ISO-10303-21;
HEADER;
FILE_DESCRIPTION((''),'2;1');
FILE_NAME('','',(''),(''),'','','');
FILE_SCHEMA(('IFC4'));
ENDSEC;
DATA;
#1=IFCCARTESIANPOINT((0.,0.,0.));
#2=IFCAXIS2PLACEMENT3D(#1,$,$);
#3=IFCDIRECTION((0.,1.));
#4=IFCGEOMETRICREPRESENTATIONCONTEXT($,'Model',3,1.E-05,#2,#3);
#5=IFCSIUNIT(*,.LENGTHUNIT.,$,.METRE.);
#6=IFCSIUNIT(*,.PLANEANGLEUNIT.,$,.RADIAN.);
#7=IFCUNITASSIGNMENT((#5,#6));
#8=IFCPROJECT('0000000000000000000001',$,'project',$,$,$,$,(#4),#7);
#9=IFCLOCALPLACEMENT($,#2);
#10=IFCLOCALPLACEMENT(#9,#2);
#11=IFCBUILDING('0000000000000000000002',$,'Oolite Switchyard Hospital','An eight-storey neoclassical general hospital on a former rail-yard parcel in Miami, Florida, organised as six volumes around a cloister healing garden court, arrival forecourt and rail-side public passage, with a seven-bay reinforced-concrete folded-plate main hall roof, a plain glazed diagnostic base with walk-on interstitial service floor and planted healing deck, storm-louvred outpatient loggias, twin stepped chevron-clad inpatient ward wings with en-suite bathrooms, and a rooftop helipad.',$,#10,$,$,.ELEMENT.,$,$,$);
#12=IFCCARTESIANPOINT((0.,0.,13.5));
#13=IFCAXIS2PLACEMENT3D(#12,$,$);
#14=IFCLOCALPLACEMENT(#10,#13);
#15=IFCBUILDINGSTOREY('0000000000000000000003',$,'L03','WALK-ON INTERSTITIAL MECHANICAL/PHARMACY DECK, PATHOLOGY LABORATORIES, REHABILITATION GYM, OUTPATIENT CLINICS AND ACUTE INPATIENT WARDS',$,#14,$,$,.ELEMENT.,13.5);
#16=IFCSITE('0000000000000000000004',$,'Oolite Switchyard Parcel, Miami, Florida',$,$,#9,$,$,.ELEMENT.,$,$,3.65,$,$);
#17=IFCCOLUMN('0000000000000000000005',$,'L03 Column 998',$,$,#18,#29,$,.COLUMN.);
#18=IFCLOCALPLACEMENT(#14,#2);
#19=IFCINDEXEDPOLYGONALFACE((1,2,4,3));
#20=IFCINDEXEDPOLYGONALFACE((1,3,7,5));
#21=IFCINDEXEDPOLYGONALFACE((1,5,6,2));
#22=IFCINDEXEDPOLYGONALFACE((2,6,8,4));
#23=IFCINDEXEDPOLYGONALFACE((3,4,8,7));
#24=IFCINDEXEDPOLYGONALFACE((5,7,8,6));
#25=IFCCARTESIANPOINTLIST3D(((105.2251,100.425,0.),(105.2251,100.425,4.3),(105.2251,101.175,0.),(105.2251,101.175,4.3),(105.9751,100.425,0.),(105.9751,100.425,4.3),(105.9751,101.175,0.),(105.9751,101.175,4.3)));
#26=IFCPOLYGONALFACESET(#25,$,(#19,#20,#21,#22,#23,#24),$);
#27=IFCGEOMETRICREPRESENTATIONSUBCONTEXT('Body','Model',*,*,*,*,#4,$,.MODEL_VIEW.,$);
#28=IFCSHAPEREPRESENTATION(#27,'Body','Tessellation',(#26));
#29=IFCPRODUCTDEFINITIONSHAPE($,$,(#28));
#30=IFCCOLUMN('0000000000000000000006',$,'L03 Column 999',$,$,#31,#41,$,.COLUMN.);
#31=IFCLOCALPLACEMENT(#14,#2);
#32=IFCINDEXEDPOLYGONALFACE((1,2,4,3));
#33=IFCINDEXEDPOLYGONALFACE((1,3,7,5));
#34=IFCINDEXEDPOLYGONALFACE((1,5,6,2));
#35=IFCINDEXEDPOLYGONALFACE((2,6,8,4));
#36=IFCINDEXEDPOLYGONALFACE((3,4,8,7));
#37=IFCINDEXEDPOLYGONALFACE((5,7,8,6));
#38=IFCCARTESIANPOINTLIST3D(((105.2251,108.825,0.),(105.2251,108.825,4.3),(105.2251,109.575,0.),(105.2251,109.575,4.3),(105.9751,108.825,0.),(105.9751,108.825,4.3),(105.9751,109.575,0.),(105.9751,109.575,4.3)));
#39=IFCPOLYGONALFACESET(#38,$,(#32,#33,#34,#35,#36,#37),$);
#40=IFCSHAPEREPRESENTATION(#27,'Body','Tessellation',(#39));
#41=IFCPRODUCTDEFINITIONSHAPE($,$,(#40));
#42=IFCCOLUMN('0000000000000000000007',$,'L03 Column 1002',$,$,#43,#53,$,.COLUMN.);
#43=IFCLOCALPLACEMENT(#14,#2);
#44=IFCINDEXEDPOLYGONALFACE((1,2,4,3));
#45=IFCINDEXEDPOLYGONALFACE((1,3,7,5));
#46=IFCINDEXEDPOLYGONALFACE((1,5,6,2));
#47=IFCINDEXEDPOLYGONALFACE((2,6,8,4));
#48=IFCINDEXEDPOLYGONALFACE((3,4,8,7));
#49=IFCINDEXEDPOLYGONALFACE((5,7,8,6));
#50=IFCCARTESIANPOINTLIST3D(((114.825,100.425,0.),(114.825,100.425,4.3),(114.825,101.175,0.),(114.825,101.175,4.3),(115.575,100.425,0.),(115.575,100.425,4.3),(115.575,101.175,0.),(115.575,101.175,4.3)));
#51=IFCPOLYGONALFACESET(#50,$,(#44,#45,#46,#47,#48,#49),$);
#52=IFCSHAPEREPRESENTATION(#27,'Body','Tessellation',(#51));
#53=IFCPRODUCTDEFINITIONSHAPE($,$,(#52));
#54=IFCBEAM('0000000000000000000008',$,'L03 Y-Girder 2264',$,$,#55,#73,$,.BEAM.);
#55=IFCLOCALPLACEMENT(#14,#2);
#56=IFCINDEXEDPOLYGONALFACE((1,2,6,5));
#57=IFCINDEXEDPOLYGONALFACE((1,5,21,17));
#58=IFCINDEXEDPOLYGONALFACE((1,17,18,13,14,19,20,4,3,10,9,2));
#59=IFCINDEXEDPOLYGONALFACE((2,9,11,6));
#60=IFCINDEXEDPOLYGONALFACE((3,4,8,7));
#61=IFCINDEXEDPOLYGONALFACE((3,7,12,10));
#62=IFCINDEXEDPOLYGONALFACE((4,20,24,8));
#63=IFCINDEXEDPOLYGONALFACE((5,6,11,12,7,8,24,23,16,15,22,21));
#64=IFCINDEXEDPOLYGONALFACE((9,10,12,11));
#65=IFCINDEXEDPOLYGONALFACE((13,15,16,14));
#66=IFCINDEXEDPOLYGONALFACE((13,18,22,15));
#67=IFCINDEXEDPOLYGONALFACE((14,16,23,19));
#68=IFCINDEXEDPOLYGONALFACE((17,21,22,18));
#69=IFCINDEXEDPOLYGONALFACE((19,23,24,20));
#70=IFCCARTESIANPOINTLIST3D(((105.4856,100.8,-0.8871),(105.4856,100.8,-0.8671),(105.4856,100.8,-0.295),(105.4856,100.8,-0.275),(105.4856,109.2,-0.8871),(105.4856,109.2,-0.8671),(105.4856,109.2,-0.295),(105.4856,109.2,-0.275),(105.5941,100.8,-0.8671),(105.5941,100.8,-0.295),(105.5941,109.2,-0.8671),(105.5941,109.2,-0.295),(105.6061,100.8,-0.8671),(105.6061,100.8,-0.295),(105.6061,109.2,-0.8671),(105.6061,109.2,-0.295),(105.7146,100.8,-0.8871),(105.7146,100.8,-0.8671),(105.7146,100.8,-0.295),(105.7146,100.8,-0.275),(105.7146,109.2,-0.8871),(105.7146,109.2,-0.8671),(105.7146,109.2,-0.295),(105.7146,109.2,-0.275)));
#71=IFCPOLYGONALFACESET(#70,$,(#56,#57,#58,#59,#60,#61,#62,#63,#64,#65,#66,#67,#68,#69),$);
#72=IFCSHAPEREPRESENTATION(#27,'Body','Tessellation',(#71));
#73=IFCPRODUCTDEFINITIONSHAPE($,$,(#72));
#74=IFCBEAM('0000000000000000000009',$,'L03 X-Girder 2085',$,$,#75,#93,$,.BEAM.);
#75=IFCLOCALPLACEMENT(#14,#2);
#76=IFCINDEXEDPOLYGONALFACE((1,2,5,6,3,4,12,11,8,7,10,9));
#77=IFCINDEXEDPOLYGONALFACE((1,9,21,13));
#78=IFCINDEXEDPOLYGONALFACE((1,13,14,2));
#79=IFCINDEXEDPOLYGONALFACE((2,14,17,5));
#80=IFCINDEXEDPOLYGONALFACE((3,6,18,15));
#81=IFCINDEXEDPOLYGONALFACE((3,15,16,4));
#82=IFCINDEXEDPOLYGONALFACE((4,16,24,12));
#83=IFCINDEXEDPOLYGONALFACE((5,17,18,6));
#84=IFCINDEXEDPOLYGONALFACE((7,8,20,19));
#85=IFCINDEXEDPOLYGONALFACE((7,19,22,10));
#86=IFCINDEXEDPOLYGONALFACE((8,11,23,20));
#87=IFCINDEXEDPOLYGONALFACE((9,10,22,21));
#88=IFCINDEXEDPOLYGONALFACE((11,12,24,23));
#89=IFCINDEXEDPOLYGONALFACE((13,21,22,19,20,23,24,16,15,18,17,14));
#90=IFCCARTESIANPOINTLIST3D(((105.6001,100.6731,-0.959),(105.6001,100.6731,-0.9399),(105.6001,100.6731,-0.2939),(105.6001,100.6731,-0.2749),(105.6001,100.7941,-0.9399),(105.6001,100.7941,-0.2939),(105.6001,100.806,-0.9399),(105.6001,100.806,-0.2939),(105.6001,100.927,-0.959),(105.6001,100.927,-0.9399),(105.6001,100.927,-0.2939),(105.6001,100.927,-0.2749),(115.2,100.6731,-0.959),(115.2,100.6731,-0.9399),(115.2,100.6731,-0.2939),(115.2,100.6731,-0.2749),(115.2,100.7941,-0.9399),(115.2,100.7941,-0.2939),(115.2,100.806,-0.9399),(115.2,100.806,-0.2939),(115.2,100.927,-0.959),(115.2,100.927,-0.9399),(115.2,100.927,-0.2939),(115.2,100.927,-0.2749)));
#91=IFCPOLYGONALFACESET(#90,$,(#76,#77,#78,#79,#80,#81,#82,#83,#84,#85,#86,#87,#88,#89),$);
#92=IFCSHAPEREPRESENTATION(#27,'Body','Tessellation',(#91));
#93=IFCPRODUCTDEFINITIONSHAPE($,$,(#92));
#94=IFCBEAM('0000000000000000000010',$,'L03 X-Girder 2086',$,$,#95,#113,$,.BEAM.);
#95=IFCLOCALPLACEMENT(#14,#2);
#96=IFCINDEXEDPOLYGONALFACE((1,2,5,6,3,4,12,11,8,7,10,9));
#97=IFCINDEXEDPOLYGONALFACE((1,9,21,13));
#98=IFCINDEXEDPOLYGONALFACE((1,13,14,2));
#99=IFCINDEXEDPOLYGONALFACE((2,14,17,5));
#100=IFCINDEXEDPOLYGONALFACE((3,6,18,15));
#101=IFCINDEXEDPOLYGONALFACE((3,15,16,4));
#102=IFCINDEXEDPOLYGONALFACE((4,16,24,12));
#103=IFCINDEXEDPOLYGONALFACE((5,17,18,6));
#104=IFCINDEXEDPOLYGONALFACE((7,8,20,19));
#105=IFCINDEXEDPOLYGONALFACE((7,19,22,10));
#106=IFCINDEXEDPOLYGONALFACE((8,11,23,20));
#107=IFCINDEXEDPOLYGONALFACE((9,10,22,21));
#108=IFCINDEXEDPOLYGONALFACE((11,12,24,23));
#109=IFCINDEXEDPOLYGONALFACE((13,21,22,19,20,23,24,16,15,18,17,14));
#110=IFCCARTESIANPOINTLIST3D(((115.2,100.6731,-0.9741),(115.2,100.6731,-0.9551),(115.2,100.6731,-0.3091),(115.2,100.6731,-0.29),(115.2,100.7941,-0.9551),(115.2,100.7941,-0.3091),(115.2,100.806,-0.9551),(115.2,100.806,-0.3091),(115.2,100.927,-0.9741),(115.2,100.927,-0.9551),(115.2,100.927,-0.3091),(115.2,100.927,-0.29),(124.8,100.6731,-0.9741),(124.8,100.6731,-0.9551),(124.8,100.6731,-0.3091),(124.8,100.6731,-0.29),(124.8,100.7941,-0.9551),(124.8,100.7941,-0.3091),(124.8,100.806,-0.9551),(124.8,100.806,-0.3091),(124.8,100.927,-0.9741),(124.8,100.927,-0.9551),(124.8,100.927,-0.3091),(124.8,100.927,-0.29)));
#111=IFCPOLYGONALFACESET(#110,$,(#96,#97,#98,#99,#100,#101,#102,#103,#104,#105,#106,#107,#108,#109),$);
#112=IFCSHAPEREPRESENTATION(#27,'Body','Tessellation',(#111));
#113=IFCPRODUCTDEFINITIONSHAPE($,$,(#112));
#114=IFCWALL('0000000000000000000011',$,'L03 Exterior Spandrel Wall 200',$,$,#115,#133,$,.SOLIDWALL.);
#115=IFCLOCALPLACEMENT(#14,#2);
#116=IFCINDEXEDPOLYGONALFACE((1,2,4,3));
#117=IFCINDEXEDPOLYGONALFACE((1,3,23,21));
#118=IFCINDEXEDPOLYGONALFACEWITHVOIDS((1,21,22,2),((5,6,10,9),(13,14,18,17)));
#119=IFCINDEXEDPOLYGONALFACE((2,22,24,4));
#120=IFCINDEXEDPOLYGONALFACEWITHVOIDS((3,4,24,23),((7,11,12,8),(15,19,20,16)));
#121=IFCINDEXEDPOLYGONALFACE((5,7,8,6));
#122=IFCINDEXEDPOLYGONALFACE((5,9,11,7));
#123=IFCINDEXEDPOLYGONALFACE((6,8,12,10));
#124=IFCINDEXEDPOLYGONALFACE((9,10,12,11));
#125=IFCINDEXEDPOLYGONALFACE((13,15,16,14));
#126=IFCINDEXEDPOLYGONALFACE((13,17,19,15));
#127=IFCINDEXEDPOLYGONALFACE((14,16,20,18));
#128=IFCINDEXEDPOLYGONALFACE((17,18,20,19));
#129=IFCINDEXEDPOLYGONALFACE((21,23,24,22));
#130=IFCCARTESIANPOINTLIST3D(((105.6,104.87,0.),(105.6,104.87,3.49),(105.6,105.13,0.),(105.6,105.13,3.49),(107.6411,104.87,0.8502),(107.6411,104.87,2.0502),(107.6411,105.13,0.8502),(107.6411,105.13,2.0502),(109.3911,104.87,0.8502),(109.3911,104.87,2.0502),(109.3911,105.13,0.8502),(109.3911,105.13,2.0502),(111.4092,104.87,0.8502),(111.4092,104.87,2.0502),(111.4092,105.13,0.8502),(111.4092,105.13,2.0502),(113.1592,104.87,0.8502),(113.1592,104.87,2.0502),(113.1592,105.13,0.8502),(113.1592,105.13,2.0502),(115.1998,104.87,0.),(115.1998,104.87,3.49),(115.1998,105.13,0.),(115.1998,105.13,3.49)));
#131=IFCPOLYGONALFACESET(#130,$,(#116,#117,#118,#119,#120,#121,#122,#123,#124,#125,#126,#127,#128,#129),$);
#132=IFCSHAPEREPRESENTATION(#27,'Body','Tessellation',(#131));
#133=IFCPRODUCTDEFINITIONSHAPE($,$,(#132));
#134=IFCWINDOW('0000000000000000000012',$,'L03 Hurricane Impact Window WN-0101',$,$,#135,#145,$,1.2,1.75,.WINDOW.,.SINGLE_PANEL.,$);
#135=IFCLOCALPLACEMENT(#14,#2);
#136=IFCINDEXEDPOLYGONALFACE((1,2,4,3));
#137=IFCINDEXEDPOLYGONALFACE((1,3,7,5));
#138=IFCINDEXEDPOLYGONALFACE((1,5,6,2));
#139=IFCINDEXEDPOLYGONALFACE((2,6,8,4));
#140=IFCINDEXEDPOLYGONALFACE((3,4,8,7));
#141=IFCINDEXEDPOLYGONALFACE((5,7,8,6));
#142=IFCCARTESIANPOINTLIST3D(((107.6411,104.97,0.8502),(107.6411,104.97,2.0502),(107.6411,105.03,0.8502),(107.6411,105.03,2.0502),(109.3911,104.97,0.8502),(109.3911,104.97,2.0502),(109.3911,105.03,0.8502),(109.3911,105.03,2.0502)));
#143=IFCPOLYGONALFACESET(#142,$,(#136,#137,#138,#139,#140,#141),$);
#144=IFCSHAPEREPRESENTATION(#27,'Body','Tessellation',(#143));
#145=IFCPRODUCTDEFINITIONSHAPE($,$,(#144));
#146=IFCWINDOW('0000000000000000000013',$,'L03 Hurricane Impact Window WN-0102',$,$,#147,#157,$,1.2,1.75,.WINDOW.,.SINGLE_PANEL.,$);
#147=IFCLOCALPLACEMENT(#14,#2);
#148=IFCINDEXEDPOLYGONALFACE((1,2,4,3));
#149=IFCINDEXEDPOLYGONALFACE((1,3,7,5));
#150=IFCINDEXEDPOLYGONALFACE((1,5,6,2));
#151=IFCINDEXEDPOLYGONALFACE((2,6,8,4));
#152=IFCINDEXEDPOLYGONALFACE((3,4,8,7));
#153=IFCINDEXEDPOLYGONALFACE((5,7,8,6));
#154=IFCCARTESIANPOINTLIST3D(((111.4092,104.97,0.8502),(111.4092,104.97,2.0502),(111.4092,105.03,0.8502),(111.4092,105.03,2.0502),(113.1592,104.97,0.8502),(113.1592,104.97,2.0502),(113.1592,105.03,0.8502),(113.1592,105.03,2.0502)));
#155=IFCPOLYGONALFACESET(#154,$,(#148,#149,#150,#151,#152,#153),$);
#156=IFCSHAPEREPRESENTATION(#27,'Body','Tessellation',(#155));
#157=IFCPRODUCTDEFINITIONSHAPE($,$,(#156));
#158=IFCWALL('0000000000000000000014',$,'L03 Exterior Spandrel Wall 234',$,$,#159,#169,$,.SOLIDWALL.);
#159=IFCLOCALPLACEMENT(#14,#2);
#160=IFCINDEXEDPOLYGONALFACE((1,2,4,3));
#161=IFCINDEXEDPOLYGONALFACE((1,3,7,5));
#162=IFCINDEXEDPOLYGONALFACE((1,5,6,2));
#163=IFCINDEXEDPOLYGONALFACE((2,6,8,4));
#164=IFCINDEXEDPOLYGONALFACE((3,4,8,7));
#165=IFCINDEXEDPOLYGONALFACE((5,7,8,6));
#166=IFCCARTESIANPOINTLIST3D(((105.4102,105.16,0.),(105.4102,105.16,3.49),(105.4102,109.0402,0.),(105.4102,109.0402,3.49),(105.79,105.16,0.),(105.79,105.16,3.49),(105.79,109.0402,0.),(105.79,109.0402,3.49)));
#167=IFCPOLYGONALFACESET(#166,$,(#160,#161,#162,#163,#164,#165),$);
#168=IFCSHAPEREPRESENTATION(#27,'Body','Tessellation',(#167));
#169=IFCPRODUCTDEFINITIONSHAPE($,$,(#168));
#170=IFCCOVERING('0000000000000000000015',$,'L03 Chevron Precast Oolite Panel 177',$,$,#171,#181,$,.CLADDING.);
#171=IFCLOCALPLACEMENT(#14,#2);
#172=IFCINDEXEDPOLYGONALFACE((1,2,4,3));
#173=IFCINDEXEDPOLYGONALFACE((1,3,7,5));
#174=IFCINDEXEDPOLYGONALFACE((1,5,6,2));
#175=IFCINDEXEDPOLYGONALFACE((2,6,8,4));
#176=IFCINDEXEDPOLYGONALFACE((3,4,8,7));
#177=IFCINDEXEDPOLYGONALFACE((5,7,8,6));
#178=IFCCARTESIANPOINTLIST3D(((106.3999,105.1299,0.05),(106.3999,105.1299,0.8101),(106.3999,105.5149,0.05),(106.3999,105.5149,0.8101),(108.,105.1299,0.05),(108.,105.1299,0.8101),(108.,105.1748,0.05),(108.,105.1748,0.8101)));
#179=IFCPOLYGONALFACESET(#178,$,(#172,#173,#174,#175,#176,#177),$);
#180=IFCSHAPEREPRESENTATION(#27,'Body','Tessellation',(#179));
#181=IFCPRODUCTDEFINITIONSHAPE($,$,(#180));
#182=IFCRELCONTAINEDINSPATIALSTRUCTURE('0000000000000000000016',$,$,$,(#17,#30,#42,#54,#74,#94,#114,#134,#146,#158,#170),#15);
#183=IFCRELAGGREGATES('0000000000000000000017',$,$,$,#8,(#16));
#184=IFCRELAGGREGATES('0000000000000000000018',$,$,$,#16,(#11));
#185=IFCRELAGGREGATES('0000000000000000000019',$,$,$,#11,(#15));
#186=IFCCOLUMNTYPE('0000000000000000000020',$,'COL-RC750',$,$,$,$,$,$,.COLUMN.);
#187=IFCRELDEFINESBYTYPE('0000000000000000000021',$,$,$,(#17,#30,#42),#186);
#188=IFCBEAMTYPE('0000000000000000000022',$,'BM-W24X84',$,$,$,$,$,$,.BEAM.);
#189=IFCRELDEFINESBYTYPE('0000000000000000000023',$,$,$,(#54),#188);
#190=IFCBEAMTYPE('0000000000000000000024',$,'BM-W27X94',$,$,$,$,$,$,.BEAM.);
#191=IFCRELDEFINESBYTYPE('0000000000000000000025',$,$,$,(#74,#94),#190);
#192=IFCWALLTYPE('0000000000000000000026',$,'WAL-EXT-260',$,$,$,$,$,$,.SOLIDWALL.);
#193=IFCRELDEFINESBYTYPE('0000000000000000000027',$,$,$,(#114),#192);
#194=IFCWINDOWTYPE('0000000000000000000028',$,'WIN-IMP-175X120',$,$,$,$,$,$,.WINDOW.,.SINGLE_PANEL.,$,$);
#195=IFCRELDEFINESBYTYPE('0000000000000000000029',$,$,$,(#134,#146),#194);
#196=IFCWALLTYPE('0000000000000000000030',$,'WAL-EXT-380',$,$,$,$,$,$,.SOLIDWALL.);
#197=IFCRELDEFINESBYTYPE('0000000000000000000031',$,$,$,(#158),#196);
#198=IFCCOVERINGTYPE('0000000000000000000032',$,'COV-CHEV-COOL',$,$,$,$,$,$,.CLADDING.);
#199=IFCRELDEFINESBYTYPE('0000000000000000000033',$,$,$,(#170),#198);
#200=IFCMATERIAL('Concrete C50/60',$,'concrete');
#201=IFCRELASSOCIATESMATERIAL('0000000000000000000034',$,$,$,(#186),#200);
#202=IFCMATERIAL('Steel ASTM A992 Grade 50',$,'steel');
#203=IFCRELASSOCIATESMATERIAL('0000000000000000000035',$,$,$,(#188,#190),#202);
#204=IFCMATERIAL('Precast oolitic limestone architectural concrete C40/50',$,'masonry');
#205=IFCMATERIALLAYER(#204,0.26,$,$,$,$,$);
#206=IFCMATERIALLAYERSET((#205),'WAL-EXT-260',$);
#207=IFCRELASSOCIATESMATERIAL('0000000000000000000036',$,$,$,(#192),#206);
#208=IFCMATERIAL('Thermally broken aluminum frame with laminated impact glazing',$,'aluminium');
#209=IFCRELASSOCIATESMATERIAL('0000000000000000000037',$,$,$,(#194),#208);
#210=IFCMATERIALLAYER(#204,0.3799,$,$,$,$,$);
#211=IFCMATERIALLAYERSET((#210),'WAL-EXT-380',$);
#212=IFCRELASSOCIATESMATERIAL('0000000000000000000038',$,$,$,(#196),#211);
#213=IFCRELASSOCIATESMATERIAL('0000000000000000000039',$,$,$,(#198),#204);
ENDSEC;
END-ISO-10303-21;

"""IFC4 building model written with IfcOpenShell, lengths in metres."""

from ifc_helpers import new_model, si_unit, direction, frame, frame_2d, origin, origin_2d, place, context, subcontext, project, spatial, polyline, rectangle, i_section, outline, extrude, material, layer, layer_set, material_profile, profile_set, type_object, element, fill, save


model = new_model("IFC4")

# Units and contexts
model_context = context("Model", 3, precision=1e-05, world=origin(), true_north=direction((0.0, 1.0)))
body_context = subcontext(model_context, "Body", "Model", "MODEL_VIEW")
ifc_project = project(units=[si_unit("LENGTHUNIT", "METRE"), si_unit("PLANEANGLEUNIT", "RADIAN")], contexts=[model_context])

# Site, building, storey
site_placement = place(None, origin())
site = spatial("IfcSite", under=ifc_project, at=site_placement, Name="Oolite Switchyard Parcel, Miami, Florida", CompositionType="ELEMENT", RefElevation=3.65)
building_placement = place(site_placement, origin())
building = spatial("IfcBuilding", under=site, at=building_placement, Name="Oolite Switchyard Hospital", Description="An eight-storey neoclassical general hospital on a former rail-yard parcel in Miami, Florida, organised as six volumes around a cloister healing garden court, arrival forecourt and rail-side public passage, with a seven-bay reinforced-concrete folded-plate main hall roof, a plain glazed diagnostic base with walk-on interstitial service floor and planted healing deck, storm-louvred outpatient loggias, twin stepped chevron-clad inpatient ward wings with en-suite bathrooms, and a rooftop helipad.", CompositionType="ELEMENT")
storey_placement = place(building_placement, frame((0.0, 0.0, 13.5)))
storey = spatial("IfcBuildingStorey", under=building, at=storey_placement, Name="L03", Description="WALK-ON INTERSTITIAL MECHANICAL/PHARMACY DECK, PATHOLOGY LABORATORIES, REHABILITATION GYM, OUTPATIENT CLINICS AND ACUTE INPATIENT WARDS", CompositionType="ELEMENT", Elevation=13.5)

# Columns
ifc_material_1 = material(Name="Concrete C50/60", Category="concrete")
ifc_material_profile_1 = material_profile(ifc_material_1, rectangle(XDim=0.75, YDim=0.75, at=origin_2d()), Name="RC750X750")
ifc_profile_set_1 = profile_set([ifc_material_profile_1], Name="Concrete C50/60")
column_type = type_object("IfcColumnType", Name="COL-RC750", PredefinedType="COLUMN", material=ifc_profile_set_1)
for number, where, z_axis, x_axis, name in (
    (1, (105.6001, 100.8, 0.0), (0.0, 0.0, 1.0), (1.0, 0.0, 0.0), "L03 Column 998"),
    (2, (105.6001, 109.2, 0.0), (0.0, 0.0, 1.0), (1.0, 0.0, 0.0), "L03 Column 999"),
    (3, (115.2, 100.8, 0.0), (0.0, 0.0, 1.0), (1.0, 0.0, 0.0), "L03 Column 1002"),
):
    element("IfcColumn", number, at=place(storey_placement, frame(where, z_axis=z_axis, x_axis=x_axis)), inside=storey, type_object=column_type, Name=name, PredefinedType="COLUMN", context=body_context, shape_type="SweptSolid", body=[
        extrude(rectangle(XDim=0.75, YDim=0.75, at=origin_2d()), origin(), (0.0, 0.0, 1.0), 4.3),
    ])

# Beams
ifc_material_2 = material(Name="Steel ASTM A992 Grade 50", Category="steel")
ifc_material_profile_2 = material_profile(ifc_material_2, i_section(OverallWidth=0.229, OverallDepth=0.6121, WebThickness=0.012, FlangeThickness=0.02, at=origin_2d()), Name="W24X84")
ifc_profile_set_2 = profile_set([ifc_material_profile_2], Name="Steel ASTM A992 Grade 50")
beam_type_1 = type_object("IfcBeamType", Name="BM-W24X84", PredefinedType="BEAM", material=ifc_profile_set_2)
beam_1_placement = place(storey_placement, frame((105.6001, 100.8, -0.5811), z_axis=(0.0, 1.0, 0.0), x_axis=(-1.0, 0.0, 0.0)))
element("IfcBeam", 4, at=beam_1_placement, inside=storey, type_object=beam_type_1, Name="L03 Y-Girder 2264", PredefinedType="BEAM", context=body_context, shape_type="SweptSolid", body=[
    extrude(i_section(OverallWidth=0.229, OverallDepth=0.6121, WebThickness=0.012, FlangeThickness=0.02, at=origin_2d()), origin(), (0.0, 0.0, 1.0), 8.3999),
])
ifc_material_profile_3 = material_profile(ifc_material_2, i_section(OverallWidth=0.2539, OverallDepth=0.6841, WebThickness=0.012, FlangeThickness=0.019, at=origin_2d()), Name="W27X94")
ifc_profile_set_3 = profile_set([ifc_material_profile_3], Name="Steel ASTM A992 Grade 50")
beam_type_2 = type_object("IfcBeamType", Name="BM-W27X94", PredefinedType="BEAM", material=ifc_profile_set_3)
beam_2_placement = place(storey_placement, frame((105.6001, 100.8, -0.6169), z_axis=(1.0, 0.0, 0.0), x_axis=(0.0, 1.0, 0.0)))
element("IfcBeam", 5, at=beam_2_placement, inside=storey, type_object=beam_type_2, Name="L03 X-Girder 2085", PredefinedType="BEAM", context=body_context, shape_type="SweptSolid", body=[
    extrude(i_section(OverallWidth=0.2539, OverallDepth=0.6841, WebThickness=0.012, FlangeThickness=0.019, at=origin_2d()), origin(), (0.0, 0.0, 1.0), 9.5999),
])
beam_3_placement = place(storey_placement, frame((115.2, 100.8, -0.6321), z_axis=(1.0, 0.0, 0.0), x_axis=(0.0, 1.0, 0.0)))
element("IfcBeam", 6, at=beam_3_placement, inside=storey, type_object=beam_type_2, Name="L03 X-Girder 2086", PredefinedType="BEAM", context=body_context, shape_type="SweptSolid", body=[
    extrude(i_section(OverallWidth=0.2539, OverallDepth=0.6841, WebThickness=0.012, FlangeThickness=0.019, at=origin_2d()), origin(), (0.0, 0.0, 1.0), 9.6001),
])

# Wall, openings, windows
ifc_material_3 = material(Name="Precast oolitic limestone architectural concrete C40/50", Category="masonry")
ifc_layer_1 = layer(ifc_material_3, 0.26)
ifc_layer_set_1 = layer_set([ifc_layer_1], Name="WAL-EXT-260")
wall_type_1 = type_object("IfcWallType", Name="WAL-EXT-260", PredefinedType="SOLIDWALL", material=ifc_layer_set_1)
wall_1_placement = place(storey_placement, frame((105.6001, 105.0, 0.0), z_axis=(0.0, 0.0, 1.0), x_axis=(1.0, 0.0, 0.0)))
wall_1 = element("IfcWall", 7, at=wall_1_placement, inside=storey, type_object=wall_type_1, Name="L03 Exterior Spandrel Wall 200", PredefinedType="SOLIDWALL", context=body_context, shape_type="SweptSolid", body=[
    extrude(rectangle(XDim=9.5999, YDim=0.26, at=frame_2d((4.7998, 0.0))), origin(), (0.0, 0.0, 1.0), 3.49),
])
opening_1_placement = place(wall_1_placement, frame((2.041, 0.0, 0.8501)))
opening_1 = element("IfcOpeningElement", 8, at=opening_1_placement, cuts=wall_1, PredefinedType="OPENING", context=body_context, shape_type="SweptSolid", body=[
    extrude(rectangle(XDim=1.75, YDim=1.2, at=frame_2d((0.875, 0.6001))), frame((0.0, 0.1401, 0.0), z_axis=(0.0, -1.0, 0.0), x_axis=(1.0, 0.0, 0.0)), (0.0, 0.0, 1.0), 0.28),
])
opening_2_placement = place(wall_1_placement, frame((5.8091, 0.0, 0.8501)))
opening_2 = element("IfcOpeningElement", 9, at=opening_2_placement, cuts=wall_1, PredefinedType="OPENING", context=body_context, shape_type="SweptSolid", body=[
    extrude(rectangle(XDim=1.75, YDim=1.2, at=frame_2d((0.875, 0.6001))), frame((0.0, 0.1401, 0.0), z_axis=(0.0, -1.0, 0.0), x_axis=(1.0, 0.0, 0.0)), (0.0, 0.0, 1.0), 0.28),
])
ifc_material_4 = material(Name="Thermally broken aluminum frame with laminated impact glazing", Category="aluminium")
window_type = type_object("IfcWindowType", Name="WIN-IMP-175X120", PartitioningType="SINGLE_PANEL", PredefinedType="WINDOW", material=ifc_material_4)
window_1_placement = place(opening_1_placement, origin())
window_1 = element("IfcWindow", 10, at=window_1_placement, inside=storey, type_object=window_type, Name="L03 Hurricane Impact Window WN-0101", OverallHeight=1.2, OverallWidth=1.75, PartitioningType="SINGLE_PANEL", PredefinedType="WINDOW", context=body_context, shape_type="SweptSolid", body=[
    extrude(rectangle(XDim=1.75, YDim=1.2, at=frame_2d((0.875, 0.6001))), frame((0.0, 0.03, 0.0), z_axis=(0.0, -1.0, 0.0), x_axis=(1.0, 0.0, 0.0)), (0.0, 0.0, 1.0), 0.0601),
])
fill(opening_1, window_1)
window_2_placement = place(opening_2_placement, origin())
window_2 = element("IfcWindow", 11, at=window_2_placement, inside=storey, type_object=window_type, Name="L03 Hurricane Impact Window WN-0102", OverallHeight=1.2, OverallWidth=1.75, PartitioningType="SINGLE_PANEL", PredefinedType="WINDOW", context=body_context, shape_type="SweptSolid", body=[
    extrude(rectangle(XDim=1.75, YDim=1.2, at=frame_2d((0.875, 0.6001))), frame((0.0, 0.03, 0.0), z_axis=(0.0, -1.0, 0.0), x_axis=(1.0, 0.0, 0.0)), (0.0, 0.0, 1.0), 0.0601),
])
fill(opening_2, window_2)

# Wall
ifc_layer_2 = layer(ifc_material_3, 0.3799)
ifc_layer_set_2 = layer_set([ifc_layer_2], Name="WAL-EXT-380")
wall_type_2 = type_object("IfcWallType", Name="WAL-EXT-380", PredefinedType="SOLIDWALL", material=ifc_layer_set_2)
wall_2_placement = place(storey_placement, frame((105.6001, 109.04, 0.0), z_axis=(0.0, 0.0, 1.0), x_axis=(0.0, -1.0, 0.0)))
element("IfcWall", 12, at=wall_2_placement, inside=storey, type_object=wall_type_2, Name="L03 Exterior Spandrel Wall 234", PredefinedType="SOLIDWALL", context=body_context, shape_type="SweptSolid", body=[
    extrude(rectangle(XDim=3.8801, YDim=0.3799, at=frame_2d((1.9399, 0.0))), origin(), (0.0, 0.0, 1.0), 3.49),
])

# Covering
covering_type = type_object("IfcCoveringType", Name="COV-CHEV-COOL", PredefinedType="CLADDING", material=ifc_material_3)
covering_1_placement = place(storey_placement, frame((106.3999, 105.1299, 0.05), z_axis=(0.0, 0.0, 1.0), x_axis=(1.0, 0.0, 0.0)))
element("IfcCovering", 13, at=covering_1_placement, inside=storey, type_object=covering_type, Name="L03 Chevron Precast Oolite Panel 177", PredefinedType="CLADDING", context=body_context, shape_type="SweptSolid", body=[
    extrude(outline(polyline([(0.0, 0.0), (1.6001, 0.0), (1.6001, 0.0449), (0.0, 0.385), (0.0, 0.0)])), origin(), (0.0, 0.0, 1.0), 0.76),
])

save(model, "model.ifc")
